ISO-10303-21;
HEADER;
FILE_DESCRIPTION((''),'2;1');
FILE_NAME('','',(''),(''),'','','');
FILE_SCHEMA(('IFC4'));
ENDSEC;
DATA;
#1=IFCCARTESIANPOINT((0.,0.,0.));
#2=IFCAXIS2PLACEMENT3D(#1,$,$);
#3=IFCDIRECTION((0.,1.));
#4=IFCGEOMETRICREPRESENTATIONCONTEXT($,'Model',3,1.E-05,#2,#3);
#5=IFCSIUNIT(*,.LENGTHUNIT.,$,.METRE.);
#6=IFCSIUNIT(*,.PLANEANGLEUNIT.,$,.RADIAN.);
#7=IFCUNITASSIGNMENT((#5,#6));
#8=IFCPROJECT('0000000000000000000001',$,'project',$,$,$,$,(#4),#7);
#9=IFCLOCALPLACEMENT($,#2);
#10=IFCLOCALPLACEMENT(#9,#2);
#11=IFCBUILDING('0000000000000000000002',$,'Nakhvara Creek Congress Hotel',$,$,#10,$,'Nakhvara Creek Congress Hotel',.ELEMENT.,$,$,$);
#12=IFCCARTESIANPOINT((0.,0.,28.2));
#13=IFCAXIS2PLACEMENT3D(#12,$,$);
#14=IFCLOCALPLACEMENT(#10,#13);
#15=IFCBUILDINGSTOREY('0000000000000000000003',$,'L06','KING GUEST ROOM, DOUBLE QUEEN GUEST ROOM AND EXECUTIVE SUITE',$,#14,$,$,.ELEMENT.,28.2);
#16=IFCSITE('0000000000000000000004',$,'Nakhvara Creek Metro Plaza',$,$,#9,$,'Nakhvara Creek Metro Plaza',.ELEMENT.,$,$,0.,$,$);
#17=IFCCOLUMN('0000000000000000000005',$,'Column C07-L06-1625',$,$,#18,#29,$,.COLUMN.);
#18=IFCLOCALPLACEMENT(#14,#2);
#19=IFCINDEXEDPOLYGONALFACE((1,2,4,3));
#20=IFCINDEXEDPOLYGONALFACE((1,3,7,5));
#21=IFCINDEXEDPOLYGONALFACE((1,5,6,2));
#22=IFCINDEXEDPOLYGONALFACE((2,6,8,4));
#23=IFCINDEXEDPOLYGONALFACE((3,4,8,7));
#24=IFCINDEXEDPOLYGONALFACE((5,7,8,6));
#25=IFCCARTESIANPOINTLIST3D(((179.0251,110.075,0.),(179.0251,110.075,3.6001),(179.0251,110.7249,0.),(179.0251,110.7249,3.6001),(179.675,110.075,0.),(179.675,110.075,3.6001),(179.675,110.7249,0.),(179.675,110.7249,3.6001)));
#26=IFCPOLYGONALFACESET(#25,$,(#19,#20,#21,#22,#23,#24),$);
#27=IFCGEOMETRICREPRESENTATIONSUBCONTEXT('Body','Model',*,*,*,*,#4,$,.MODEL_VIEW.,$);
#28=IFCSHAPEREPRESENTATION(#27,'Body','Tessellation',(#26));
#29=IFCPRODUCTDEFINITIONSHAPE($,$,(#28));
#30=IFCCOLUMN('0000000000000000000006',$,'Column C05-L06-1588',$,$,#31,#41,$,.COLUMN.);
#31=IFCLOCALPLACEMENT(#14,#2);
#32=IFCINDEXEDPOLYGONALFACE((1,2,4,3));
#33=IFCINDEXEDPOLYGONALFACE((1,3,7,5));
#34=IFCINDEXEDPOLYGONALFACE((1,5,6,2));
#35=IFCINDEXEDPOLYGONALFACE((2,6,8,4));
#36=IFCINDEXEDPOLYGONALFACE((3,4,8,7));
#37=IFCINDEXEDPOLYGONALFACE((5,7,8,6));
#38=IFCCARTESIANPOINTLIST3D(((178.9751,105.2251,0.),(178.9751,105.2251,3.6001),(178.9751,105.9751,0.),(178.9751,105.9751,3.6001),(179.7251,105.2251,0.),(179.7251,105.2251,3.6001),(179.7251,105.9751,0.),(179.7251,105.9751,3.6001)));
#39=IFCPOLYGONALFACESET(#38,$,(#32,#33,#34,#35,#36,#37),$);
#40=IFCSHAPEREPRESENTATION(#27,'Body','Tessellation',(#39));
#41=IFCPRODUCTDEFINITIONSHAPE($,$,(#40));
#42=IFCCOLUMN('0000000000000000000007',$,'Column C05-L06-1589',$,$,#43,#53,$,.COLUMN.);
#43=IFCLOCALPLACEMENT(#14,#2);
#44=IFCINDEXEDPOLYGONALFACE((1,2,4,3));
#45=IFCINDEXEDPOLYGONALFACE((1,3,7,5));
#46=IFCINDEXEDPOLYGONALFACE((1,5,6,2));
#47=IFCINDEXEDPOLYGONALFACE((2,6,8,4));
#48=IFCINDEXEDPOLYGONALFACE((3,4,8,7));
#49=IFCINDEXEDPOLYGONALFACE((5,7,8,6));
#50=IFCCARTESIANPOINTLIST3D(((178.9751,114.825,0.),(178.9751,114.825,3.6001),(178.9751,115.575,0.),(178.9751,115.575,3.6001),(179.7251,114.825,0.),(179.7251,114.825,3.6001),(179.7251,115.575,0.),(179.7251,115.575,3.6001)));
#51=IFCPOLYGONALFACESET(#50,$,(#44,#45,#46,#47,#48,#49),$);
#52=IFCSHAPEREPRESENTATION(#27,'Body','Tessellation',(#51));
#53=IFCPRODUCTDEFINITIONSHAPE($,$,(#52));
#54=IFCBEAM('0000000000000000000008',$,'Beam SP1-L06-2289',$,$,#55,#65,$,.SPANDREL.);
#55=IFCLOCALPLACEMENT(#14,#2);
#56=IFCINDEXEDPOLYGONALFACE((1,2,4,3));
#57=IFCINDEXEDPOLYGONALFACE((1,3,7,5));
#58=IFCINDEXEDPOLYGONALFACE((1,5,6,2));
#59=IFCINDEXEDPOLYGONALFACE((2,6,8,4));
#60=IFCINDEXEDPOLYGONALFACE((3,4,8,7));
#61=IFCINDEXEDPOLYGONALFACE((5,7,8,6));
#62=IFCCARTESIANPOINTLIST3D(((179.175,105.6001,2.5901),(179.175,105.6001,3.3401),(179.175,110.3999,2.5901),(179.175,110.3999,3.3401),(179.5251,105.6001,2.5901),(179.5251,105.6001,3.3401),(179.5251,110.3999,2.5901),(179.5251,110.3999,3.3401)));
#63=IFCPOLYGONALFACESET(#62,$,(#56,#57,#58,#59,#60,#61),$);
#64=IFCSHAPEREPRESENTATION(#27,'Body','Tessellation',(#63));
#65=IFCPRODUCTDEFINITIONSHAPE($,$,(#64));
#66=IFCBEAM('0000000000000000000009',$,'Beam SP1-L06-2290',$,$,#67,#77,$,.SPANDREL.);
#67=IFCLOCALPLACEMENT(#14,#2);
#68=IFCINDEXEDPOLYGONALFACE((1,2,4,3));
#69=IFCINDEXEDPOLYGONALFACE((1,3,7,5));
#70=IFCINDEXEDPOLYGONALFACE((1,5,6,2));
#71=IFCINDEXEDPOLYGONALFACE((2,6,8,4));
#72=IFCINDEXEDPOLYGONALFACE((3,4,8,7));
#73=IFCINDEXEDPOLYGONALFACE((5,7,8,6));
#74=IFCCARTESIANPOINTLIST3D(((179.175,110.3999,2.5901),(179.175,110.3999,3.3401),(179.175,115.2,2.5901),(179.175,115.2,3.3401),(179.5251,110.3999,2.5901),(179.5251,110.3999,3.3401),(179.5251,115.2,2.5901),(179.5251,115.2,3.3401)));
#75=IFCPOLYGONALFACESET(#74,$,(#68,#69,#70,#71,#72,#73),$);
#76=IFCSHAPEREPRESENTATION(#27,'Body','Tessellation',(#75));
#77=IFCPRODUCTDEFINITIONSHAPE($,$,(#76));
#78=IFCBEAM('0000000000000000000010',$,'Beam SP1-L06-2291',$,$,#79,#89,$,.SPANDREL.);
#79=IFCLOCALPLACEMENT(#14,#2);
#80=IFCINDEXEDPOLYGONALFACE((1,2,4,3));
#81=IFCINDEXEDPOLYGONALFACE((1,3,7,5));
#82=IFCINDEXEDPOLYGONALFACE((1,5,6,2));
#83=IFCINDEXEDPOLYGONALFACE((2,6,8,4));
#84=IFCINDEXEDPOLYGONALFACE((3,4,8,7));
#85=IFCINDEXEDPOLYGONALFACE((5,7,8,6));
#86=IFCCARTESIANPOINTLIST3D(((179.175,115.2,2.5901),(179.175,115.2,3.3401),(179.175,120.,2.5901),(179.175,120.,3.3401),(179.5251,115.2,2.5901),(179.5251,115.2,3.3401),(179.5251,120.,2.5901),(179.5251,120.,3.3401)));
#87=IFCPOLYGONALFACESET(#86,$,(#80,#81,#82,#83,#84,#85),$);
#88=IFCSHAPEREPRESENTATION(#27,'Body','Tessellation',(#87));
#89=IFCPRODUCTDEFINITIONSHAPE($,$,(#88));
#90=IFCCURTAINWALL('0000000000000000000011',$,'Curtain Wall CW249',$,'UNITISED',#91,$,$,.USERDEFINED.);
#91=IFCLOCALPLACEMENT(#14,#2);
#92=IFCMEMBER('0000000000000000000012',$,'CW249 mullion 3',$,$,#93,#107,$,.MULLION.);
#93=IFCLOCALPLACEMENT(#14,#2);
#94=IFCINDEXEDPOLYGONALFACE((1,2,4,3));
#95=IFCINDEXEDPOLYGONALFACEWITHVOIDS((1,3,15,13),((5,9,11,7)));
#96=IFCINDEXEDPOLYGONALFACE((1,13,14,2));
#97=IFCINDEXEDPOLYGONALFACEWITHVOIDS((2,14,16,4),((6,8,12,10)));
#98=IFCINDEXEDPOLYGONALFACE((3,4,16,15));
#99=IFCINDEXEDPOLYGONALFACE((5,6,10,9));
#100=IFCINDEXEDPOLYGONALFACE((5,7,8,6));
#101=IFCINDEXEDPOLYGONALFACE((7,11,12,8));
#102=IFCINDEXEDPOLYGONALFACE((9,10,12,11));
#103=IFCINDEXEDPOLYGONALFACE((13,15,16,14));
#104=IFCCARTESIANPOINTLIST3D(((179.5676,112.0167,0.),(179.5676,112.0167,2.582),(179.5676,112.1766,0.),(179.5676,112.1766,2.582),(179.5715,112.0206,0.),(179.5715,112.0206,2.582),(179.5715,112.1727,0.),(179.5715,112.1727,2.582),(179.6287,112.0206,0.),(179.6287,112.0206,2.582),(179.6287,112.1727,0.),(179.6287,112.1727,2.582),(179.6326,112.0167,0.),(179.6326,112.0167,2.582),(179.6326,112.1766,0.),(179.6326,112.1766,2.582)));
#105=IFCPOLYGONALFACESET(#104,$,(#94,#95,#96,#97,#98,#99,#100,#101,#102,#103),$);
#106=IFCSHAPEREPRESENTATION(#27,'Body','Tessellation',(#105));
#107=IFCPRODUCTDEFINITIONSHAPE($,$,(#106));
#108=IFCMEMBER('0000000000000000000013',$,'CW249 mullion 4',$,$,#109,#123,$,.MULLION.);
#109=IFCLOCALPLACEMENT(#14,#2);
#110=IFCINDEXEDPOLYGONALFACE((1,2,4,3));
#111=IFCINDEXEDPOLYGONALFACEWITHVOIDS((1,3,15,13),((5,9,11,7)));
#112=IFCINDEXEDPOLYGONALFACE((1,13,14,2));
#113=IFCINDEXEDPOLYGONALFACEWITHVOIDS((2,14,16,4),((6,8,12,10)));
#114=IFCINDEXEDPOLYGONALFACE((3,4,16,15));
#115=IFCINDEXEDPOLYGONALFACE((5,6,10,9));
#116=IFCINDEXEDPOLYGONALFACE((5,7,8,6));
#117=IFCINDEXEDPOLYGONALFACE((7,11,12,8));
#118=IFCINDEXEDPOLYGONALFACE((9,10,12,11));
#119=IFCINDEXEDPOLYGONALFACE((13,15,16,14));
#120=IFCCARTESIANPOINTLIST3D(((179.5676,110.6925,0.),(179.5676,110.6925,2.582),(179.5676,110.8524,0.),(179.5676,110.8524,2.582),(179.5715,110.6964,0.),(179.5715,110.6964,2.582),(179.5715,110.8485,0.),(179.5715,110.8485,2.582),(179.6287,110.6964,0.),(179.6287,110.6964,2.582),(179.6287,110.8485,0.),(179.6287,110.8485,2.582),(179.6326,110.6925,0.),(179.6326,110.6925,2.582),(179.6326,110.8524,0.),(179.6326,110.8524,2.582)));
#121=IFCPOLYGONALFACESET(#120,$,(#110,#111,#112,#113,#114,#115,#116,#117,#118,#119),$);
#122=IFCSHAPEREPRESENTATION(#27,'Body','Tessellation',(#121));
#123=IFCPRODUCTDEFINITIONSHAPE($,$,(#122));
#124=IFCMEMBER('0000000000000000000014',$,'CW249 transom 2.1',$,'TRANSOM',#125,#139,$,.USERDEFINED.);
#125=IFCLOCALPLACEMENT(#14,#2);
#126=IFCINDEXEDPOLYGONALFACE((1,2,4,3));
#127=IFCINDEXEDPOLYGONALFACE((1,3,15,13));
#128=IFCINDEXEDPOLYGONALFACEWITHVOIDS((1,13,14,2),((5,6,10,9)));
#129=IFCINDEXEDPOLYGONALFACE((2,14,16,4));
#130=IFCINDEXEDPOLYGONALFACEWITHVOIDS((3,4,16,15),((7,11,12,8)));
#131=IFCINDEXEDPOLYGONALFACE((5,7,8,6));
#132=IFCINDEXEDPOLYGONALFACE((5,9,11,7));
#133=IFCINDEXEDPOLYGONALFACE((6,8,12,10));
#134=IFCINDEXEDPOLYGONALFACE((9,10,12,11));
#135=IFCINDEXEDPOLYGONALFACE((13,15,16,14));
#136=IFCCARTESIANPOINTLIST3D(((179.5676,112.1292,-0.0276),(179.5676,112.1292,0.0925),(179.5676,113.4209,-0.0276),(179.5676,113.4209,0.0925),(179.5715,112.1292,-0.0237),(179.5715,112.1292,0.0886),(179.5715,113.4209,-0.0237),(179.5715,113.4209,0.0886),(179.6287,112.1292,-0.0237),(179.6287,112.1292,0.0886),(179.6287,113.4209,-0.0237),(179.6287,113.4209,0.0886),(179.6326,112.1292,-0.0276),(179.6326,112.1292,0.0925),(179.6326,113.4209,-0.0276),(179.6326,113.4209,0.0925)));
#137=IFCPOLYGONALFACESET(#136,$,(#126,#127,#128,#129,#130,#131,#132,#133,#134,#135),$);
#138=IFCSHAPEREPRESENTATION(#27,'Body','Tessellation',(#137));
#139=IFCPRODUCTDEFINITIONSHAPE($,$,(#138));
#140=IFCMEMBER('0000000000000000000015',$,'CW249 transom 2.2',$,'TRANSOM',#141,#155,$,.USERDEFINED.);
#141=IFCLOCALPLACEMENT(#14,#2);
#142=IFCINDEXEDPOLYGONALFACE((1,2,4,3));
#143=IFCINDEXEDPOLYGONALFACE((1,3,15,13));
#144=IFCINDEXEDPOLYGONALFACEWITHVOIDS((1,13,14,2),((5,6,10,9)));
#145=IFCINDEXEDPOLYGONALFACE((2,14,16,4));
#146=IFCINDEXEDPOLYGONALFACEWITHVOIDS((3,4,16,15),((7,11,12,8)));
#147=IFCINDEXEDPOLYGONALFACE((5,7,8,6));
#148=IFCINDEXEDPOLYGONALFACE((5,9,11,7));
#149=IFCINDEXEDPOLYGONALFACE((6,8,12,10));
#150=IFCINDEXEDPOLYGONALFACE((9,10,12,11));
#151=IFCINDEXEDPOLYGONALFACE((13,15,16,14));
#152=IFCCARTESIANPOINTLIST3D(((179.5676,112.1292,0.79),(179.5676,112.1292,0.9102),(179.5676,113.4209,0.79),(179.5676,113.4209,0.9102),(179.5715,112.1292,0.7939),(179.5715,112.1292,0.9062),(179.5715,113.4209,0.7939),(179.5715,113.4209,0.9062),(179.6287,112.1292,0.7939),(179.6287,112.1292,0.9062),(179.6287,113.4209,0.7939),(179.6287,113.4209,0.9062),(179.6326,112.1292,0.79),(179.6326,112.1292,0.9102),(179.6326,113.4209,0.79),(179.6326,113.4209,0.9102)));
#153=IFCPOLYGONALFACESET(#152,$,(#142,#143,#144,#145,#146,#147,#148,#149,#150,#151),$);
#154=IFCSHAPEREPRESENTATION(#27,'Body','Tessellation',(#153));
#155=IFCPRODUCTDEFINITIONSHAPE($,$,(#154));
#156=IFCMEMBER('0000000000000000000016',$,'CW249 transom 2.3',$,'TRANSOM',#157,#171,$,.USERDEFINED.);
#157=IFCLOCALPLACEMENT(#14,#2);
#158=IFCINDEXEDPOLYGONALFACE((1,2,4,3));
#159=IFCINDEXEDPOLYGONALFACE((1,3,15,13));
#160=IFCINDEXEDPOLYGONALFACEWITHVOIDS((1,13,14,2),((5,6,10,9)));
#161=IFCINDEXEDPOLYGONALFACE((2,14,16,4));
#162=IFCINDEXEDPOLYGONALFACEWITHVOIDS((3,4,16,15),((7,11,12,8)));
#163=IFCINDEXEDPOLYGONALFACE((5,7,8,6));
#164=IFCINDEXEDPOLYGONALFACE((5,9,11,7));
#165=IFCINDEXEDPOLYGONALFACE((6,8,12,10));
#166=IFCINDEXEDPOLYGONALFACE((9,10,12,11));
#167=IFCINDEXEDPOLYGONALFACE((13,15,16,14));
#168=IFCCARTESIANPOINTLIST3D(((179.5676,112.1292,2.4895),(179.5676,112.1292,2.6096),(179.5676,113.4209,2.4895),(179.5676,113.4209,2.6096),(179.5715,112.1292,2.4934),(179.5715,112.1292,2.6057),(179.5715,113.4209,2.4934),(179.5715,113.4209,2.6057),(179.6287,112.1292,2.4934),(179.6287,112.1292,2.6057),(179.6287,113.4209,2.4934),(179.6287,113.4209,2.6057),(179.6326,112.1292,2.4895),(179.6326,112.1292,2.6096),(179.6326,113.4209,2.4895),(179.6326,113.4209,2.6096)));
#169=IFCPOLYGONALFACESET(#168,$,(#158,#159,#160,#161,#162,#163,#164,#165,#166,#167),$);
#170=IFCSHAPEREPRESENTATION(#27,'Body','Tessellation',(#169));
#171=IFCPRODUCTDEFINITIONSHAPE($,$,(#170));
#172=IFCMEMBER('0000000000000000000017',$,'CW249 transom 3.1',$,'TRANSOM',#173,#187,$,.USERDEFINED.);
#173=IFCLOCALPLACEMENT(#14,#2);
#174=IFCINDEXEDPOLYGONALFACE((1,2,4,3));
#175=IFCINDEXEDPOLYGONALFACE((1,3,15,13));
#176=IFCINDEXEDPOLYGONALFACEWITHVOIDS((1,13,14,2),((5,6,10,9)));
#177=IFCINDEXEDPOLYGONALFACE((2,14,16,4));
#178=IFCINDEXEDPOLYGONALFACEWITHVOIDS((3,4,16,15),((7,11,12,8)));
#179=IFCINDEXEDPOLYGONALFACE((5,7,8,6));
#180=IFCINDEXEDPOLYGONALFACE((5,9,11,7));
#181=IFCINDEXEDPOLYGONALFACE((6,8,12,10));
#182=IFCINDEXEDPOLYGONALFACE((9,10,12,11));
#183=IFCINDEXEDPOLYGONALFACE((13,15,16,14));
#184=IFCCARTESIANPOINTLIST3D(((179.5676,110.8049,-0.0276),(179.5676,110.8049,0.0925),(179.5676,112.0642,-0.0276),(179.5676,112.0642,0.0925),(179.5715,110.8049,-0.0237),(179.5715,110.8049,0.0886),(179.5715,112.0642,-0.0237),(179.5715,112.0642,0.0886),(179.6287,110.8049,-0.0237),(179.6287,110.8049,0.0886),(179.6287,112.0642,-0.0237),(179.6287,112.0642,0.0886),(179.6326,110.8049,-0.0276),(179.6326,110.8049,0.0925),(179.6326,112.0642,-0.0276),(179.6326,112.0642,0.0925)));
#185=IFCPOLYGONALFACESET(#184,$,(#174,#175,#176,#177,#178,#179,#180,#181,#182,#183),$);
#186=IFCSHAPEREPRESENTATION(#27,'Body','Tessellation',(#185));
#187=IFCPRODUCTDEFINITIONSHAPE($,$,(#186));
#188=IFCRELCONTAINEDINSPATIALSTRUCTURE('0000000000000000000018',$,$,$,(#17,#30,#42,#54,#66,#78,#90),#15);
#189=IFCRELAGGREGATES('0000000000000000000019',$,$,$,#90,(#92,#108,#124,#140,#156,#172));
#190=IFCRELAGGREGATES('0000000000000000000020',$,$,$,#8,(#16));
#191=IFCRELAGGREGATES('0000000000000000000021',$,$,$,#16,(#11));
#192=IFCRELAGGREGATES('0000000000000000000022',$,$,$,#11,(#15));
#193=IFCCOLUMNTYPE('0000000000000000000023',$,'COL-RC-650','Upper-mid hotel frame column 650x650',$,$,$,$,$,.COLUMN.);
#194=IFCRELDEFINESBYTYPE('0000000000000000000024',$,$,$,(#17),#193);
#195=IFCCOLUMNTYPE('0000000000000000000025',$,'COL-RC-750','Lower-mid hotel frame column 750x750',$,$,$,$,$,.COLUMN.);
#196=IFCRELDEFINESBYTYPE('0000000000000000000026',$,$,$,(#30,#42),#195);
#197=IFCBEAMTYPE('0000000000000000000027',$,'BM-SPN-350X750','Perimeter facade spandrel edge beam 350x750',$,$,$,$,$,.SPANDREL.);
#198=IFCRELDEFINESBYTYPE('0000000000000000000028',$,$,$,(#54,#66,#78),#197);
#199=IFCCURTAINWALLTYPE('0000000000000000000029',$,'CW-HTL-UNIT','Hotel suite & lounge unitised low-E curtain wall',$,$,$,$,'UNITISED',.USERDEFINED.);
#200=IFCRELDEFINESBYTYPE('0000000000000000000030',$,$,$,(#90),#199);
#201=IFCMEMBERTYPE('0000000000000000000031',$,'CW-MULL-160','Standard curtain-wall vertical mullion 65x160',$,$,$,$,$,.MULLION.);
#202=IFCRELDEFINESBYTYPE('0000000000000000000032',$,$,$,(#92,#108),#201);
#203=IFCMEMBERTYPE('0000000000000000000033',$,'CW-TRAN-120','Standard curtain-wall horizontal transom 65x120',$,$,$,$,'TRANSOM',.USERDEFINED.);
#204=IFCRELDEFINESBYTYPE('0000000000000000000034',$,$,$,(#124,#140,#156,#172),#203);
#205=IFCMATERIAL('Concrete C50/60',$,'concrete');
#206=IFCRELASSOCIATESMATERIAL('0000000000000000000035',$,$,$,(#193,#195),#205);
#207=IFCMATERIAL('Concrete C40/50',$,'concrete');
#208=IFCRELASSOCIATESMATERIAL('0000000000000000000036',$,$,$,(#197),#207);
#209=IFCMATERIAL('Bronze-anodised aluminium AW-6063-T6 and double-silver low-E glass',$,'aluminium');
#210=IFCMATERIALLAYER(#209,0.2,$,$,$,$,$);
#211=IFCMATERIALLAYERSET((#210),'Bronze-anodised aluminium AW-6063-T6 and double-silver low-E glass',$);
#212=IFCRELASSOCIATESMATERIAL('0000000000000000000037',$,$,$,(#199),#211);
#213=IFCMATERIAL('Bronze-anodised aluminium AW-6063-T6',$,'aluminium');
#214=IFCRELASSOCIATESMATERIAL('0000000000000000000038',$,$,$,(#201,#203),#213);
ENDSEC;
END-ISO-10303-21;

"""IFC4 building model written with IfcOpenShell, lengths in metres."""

from ifc_helpers import new_model, si_unit, direction, frame, origin, origin_2d, place, context, subcontext, project, spatial, rectangle, hollow_rectangle, extrude, material, layer, layer_set, material_profile, profile_set, type_object, element, aggregate, save


model = new_model("IFC4")

# Units and contexts
model_context = context("Model", 3, precision=1e-05, world=origin(), true_north=direction((0.0, 1.0)))
body_context = subcontext(model_context, "Body", "Model", "MODEL_VIEW")
ifc_project = project(units=[si_unit("LENGTHUNIT", "METRE"), si_unit("PLANEANGLEUNIT", "RADIAN")], contexts=[model_context])

# Site, building, storey
site_placement = place(None, origin())
site = spatial("IfcSite", under=ifc_project, at=site_placement, Name="Nakhvara Creek Metro Plaza", LongName="Nakhvara Creek Metro Plaza", CompositionType="ELEMENT", RefElevation=0.0)
building_placement = place(site_placement, origin())
building = spatial("IfcBuilding", under=site, at=building_placement, Name="Nakhvara Creek Congress Hotel", LongName="Nakhvara Creek Congress Hotel", CompositionType="ELEMENT")
storey_placement = place(building_placement, frame((0.0, 0.0, 28.2)))
storey = spatial("IfcBuildingStorey", under=building, at=storey_placement, Name="L06", Description="KING GUEST ROOM, DOUBLE QUEEN GUEST ROOM AND EXECUTIVE SUITE", CompositionType="ELEMENT", Elevation=28.2)

# Columns
ifc_material_1 = material(Name="Concrete C50/60", Category="concrete")
ifc_material_profile_1 = material_profile(ifc_material_1, rectangle(XDim=0.6499, YDim=0.6499, at=origin_2d()), Name="RC-COL 650x650", Category="LoadBearing")
ifc_profile_set_1 = profile_set([ifc_material_profile_1], Name="Concrete C50/60")
column_type_1 = type_object("IfcColumnType", Name="COL-RC-650", Description="Upper-mid hotel frame column 650x650", PredefinedType="COLUMN", material=ifc_profile_set_1)
column_placement = place(storey_placement, frame((179.3501, 110.3999, 0.0), z_axis=(0.0, 0.0, 1.0), x_axis=(1.0, 0.0, 0.0)))
element("IfcColumn", 1, at=column_placement, inside=storey, type_object=column_type_1, Name="Column C07-L06-1625", PredefinedType="COLUMN", context=body_context, shape_type="SweptSolid", body=[
    extrude(rectangle(XDim=0.6499, YDim=0.6499, at=origin_2d()), origin(), (0.0, 0.0, 1.0), 3.6001),
])
ifc_material_profile_2 = material_profile(ifc_material_1, rectangle(XDim=0.75, YDim=0.75, at=origin_2d()), Name="RC-COL 750x750", Category="LoadBearing")
ifc_profile_set_2 = profile_set([ifc_material_profile_2], Name="Concrete C50/60")
column_type_2 = type_object("IfcColumnType", Name="COL-RC-750", Description="Lower-mid hotel frame column 750x750", PredefinedType="COLUMN", material=ifc_profile_set_2)
for number, where, z_axis, x_axis, name in (
    (2, (179.3501, 105.6001, 0.0), (0.0, 0.0, 1.0), (1.0, 0.0, 0.0), "Column C05-L06-1588"),
    (3, (179.3501, 115.2, 0.0), (0.0, 0.0, 1.0), (1.0, 0.0, 0.0), "Column C05-L06-1589"),
):
    element("IfcColumn", number, at=place(storey_placement, frame(where, z_axis=z_axis, x_axis=x_axis)), inside=storey, type_object=column_type_2, Name=name, PredefinedType="COLUMN", context=body_context, shape_type="SweptSolid", body=[
        extrude(rectangle(XDim=0.75, YDim=0.75, at=origin_2d()), origin(), (0.0, 0.0, 1.0), 3.6001),
    ])

# Beams
ifc_material_2 = material(Name="Concrete C40/50", Category="concrete")
ifc_material_profile_3 = material_profile(ifc_material_2, rectangle(XDim=0.3501, YDim=0.75, at=origin_2d()), Name="RC-SPANDREL 350x750", Category="LoadBearing")
ifc_profile_set_3 = profile_set([ifc_material_profile_3], Name="Concrete C40/50")
beam_type = type_object("IfcBeamType", Name="BM-SPN-350X750", Description="Perimeter facade spandrel edge beam 350x750", PredefinedType="SPANDREL", material=ifc_profile_set_3)
beam_placement = place(storey_placement, frame((179.3501, 105.6001, 2.9651), z_axis=(0.0, 1.0, 0.0), x_axis=(-1.0, 0.0, 0.0)))
element("IfcBeam", 4, at=beam_placement, inside=storey, type_object=beam_type, Name="Beam SP1-L06-2289", PredefinedType="SPANDREL", context=body_context, shape_type="SweptSolid", body=[
    extrude(rectangle(XDim=0.3501, YDim=0.75, at=origin_2d()), origin(), (0.0, 0.0, 1.0), 4.7998),
])
for number, where, z_axis, x_axis, name in (
    (5, (179.3501, 110.3999, 2.9651), (0.0, 1.0, 0.0), (-1.0, 0.0, 0.0), "Beam SP1-L06-2290"),
    (6, (179.3501, 115.2, 2.9651), (0.0, 1.0, 0.0), (-1.0, 0.0, 0.0), "Beam SP1-L06-2291"),
):
    element("IfcBeam", number, at=place(storey_placement, frame(where, z_axis=z_axis, x_axis=x_axis)), inside=storey, type_object=beam_type, Name=name, PredefinedType="SPANDREL", context=body_context, shape_type="SweptSolid", body=[
        extrude(rectangle(XDim=0.3501, YDim=0.75, at=origin_2d()), origin(), (0.0, 0.0, 1.0), 4.8),
    ])

# Curtain wall, members
ifc_material_3 = material(Name="Bronze-anodised aluminium AW-6063-T6 and double-silver low-E glass", Category="aluminium")
ifc_layer_1 = layer(ifc_material_3, 0.2)
ifc_layer_set_1 = layer_set([ifc_layer_1], Name="Bronze-anodised aluminium AW-6063-T6 and double-silver low-E glass")
curtain_wall_type = type_object("IfcCurtainWallType", Name="CW-HTL-UNIT", Description="Hotel suite & lounge unitised low-E curtain wall", ElementType="UNITISED", PredefinedType="USERDEFINED", material=ifc_layer_set_1)
curtain_wall_placement = place(storey_placement, origin())
curtain_wall = element("IfcCurtainWall", 7, at=curtain_wall_placement, inside=storey, type_object=curtain_wall_type, Name="Curtain Wall CW249", ObjectType="UNITISED", PredefinedType="USERDEFINED")
ifc_material_4 = material(Name="Bronze-anodised aluminium AW-6063-T6", Category="aluminium")
ifc_material_profile_4 = material_profile(ifc_material_4, hollow_rectangle(XDim=0.0649, YDim=0.1599, WallThickness=0.0039, at=origin_2d()), Name="ALU-MULL 65x160x4", Category="LoadBearing")
ifc_profile_set_4 = profile_set([ifc_material_profile_4], Name="Bronze-anodised aluminium AW-6063-T6")
member_type_1 = type_object("IfcMemberType", Name="CW-MULL-160", Description="Standard curtain-wall vertical mullion 65x160", PredefinedType="MULLION", material=ifc_profile_set_4)
member_1_placement = place(storey_placement, frame((179.6001, 112.0967, 0.0), z_axis=(0.0, 0.0, 1.0), x_axis=(1.0, 0.0, 0.0)))
member_1 = element("IfcMember", 8, at=member_1_placement, type_object=member_type_1, Name="CW249 mullion 3", PredefinedType="MULLION", context=body_context, shape_type="SweptSolid", body=[
    extrude(hollow_rectangle(XDim=0.0649, YDim=0.1599, WallThickness=0.0039, at=origin_2d()), origin(), (0.0, 0.0, 1.0), 2.582),
])
member_2_placement = place(storey_placement, frame((179.6001, 110.7725, 0.0), z_axis=(0.0, 0.0, 1.0), x_axis=(1.0, 0.0, 0.0)))
member_2 = element("IfcMember", 9, at=member_2_placement, type_object=member_type_1, Name="CW249 mullion 4", PredefinedType="MULLION", context=body_context, shape_type="SweptSolid", body=[
    extrude(hollow_rectangle(XDim=0.0649, YDim=0.1599, WallThickness=0.0039, at=origin_2d()), origin(), (0.0, 0.0, 1.0), 2.582),
])
ifc_material_profile_5 = material_profile(ifc_material_4, hollow_rectangle(XDim=0.0649, YDim=0.1201, WallThickness=0.0039, at=origin_2d()), Name="ALU-TRAN 65x120x4", Category="LoadBearing")
ifc_profile_set_5 = profile_set([ifc_material_profile_5], Name="Bronze-anodised aluminium AW-6063-T6")
member_type_2 = type_object("IfcMemberType", Name="CW-TRAN-120", Description="Standard curtain-wall horizontal transom 65x120", ElementType="TRANSOM", PredefinedType="USERDEFINED", material=ifc_profile_set_5)
member_3_placement = place(storey_placement, frame((179.6001, 113.4209, 0.0325), z_axis=(0.0, -1.0, 0.0), x_axis=(1.0, 0.0, 0.0)))
member_3 = element("IfcMember", 10, at=member_3_placement, type_object=member_type_2, Name="CW249 transom 2.1", ObjectType="TRANSOM", PredefinedType="USERDEFINED", context=body_context, shape_type="SweptSolid", body=[
    extrude(hollow_rectangle(XDim=0.0649, YDim=0.1201, WallThickness=0.0039, at=origin_2d()), origin(), (0.0, 0.0, 1.0), 1.2917),
])
member_4_placement = place(storey_placement, frame((179.6001, 113.4209, 0.8501), z_axis=(0.0, -1.0, 0.0), x_axis=(1.0, 0.0, 0.0)))
member_4 = element("IfcMember", 11, at=member_4_placement, type_object=member_type_2, Name="CW249 transom 2.2", ObjectType="TRANSOM", PredefinedType="USERDEFINED", context=body_context, shape_type="SweptSolid", body=[
    extrude(hollow_rectangle(XDim=0.0649, YDim=0.1201, WallThickness=0.0039, at=origin_2d()), origin(), (0.0, 0.0, 1.0), 1.2917),
])
member_5_placement = place(storey_placement, frame((179.6001, 113.4209, 2.5496), z_axis=(0.0, -1.0, 0.0), x_axis=(1.0, 0.0, 0.0)))
member_5 = element("IfcMember", 12, at=member_5_placement, type_object=member_type_2, Name="CW249 transom 2.3", ObjectType="TRANSOM", PredefinedType="USERDEFINED", context=body_context, shape_type="SweptSolid", body=[
    extrude(hollow_rectangle(XDim=0.0649, YDim=0.1201, WallThickness=0.0039, at=origin_2d()), origin(), (0.0, 0.0, 1.0), 1.2917),
])
member_6_placement = place(storey_placement, frame((179.6001, 112.0642, 0.0325), z_axis=(0.0, -1.0, 0.0), x_axis=(1.0, 0.0, 0.0)))
member_6 = element("IfcMember", 13, at=member_6_placement, type_object=member_type_2, Name="CW249 transom 3.1", ObjectType="TRANSOM", PredefinedType="USERDEFINED", context=body_context, shape_type="SweptSolid", body=[
    extrude(hollow_rectangle(XDim=0.0649, YDim=0.1201, WallThickness=0.0039, at=origin_2d()), origin(), (0.0, 0.0, 1.0), 1.2593),
])
aggregate(curtain_wall, [member_1, member_2, member_3, member_4, member_5, member_6])

save(model, "model.ifc")
